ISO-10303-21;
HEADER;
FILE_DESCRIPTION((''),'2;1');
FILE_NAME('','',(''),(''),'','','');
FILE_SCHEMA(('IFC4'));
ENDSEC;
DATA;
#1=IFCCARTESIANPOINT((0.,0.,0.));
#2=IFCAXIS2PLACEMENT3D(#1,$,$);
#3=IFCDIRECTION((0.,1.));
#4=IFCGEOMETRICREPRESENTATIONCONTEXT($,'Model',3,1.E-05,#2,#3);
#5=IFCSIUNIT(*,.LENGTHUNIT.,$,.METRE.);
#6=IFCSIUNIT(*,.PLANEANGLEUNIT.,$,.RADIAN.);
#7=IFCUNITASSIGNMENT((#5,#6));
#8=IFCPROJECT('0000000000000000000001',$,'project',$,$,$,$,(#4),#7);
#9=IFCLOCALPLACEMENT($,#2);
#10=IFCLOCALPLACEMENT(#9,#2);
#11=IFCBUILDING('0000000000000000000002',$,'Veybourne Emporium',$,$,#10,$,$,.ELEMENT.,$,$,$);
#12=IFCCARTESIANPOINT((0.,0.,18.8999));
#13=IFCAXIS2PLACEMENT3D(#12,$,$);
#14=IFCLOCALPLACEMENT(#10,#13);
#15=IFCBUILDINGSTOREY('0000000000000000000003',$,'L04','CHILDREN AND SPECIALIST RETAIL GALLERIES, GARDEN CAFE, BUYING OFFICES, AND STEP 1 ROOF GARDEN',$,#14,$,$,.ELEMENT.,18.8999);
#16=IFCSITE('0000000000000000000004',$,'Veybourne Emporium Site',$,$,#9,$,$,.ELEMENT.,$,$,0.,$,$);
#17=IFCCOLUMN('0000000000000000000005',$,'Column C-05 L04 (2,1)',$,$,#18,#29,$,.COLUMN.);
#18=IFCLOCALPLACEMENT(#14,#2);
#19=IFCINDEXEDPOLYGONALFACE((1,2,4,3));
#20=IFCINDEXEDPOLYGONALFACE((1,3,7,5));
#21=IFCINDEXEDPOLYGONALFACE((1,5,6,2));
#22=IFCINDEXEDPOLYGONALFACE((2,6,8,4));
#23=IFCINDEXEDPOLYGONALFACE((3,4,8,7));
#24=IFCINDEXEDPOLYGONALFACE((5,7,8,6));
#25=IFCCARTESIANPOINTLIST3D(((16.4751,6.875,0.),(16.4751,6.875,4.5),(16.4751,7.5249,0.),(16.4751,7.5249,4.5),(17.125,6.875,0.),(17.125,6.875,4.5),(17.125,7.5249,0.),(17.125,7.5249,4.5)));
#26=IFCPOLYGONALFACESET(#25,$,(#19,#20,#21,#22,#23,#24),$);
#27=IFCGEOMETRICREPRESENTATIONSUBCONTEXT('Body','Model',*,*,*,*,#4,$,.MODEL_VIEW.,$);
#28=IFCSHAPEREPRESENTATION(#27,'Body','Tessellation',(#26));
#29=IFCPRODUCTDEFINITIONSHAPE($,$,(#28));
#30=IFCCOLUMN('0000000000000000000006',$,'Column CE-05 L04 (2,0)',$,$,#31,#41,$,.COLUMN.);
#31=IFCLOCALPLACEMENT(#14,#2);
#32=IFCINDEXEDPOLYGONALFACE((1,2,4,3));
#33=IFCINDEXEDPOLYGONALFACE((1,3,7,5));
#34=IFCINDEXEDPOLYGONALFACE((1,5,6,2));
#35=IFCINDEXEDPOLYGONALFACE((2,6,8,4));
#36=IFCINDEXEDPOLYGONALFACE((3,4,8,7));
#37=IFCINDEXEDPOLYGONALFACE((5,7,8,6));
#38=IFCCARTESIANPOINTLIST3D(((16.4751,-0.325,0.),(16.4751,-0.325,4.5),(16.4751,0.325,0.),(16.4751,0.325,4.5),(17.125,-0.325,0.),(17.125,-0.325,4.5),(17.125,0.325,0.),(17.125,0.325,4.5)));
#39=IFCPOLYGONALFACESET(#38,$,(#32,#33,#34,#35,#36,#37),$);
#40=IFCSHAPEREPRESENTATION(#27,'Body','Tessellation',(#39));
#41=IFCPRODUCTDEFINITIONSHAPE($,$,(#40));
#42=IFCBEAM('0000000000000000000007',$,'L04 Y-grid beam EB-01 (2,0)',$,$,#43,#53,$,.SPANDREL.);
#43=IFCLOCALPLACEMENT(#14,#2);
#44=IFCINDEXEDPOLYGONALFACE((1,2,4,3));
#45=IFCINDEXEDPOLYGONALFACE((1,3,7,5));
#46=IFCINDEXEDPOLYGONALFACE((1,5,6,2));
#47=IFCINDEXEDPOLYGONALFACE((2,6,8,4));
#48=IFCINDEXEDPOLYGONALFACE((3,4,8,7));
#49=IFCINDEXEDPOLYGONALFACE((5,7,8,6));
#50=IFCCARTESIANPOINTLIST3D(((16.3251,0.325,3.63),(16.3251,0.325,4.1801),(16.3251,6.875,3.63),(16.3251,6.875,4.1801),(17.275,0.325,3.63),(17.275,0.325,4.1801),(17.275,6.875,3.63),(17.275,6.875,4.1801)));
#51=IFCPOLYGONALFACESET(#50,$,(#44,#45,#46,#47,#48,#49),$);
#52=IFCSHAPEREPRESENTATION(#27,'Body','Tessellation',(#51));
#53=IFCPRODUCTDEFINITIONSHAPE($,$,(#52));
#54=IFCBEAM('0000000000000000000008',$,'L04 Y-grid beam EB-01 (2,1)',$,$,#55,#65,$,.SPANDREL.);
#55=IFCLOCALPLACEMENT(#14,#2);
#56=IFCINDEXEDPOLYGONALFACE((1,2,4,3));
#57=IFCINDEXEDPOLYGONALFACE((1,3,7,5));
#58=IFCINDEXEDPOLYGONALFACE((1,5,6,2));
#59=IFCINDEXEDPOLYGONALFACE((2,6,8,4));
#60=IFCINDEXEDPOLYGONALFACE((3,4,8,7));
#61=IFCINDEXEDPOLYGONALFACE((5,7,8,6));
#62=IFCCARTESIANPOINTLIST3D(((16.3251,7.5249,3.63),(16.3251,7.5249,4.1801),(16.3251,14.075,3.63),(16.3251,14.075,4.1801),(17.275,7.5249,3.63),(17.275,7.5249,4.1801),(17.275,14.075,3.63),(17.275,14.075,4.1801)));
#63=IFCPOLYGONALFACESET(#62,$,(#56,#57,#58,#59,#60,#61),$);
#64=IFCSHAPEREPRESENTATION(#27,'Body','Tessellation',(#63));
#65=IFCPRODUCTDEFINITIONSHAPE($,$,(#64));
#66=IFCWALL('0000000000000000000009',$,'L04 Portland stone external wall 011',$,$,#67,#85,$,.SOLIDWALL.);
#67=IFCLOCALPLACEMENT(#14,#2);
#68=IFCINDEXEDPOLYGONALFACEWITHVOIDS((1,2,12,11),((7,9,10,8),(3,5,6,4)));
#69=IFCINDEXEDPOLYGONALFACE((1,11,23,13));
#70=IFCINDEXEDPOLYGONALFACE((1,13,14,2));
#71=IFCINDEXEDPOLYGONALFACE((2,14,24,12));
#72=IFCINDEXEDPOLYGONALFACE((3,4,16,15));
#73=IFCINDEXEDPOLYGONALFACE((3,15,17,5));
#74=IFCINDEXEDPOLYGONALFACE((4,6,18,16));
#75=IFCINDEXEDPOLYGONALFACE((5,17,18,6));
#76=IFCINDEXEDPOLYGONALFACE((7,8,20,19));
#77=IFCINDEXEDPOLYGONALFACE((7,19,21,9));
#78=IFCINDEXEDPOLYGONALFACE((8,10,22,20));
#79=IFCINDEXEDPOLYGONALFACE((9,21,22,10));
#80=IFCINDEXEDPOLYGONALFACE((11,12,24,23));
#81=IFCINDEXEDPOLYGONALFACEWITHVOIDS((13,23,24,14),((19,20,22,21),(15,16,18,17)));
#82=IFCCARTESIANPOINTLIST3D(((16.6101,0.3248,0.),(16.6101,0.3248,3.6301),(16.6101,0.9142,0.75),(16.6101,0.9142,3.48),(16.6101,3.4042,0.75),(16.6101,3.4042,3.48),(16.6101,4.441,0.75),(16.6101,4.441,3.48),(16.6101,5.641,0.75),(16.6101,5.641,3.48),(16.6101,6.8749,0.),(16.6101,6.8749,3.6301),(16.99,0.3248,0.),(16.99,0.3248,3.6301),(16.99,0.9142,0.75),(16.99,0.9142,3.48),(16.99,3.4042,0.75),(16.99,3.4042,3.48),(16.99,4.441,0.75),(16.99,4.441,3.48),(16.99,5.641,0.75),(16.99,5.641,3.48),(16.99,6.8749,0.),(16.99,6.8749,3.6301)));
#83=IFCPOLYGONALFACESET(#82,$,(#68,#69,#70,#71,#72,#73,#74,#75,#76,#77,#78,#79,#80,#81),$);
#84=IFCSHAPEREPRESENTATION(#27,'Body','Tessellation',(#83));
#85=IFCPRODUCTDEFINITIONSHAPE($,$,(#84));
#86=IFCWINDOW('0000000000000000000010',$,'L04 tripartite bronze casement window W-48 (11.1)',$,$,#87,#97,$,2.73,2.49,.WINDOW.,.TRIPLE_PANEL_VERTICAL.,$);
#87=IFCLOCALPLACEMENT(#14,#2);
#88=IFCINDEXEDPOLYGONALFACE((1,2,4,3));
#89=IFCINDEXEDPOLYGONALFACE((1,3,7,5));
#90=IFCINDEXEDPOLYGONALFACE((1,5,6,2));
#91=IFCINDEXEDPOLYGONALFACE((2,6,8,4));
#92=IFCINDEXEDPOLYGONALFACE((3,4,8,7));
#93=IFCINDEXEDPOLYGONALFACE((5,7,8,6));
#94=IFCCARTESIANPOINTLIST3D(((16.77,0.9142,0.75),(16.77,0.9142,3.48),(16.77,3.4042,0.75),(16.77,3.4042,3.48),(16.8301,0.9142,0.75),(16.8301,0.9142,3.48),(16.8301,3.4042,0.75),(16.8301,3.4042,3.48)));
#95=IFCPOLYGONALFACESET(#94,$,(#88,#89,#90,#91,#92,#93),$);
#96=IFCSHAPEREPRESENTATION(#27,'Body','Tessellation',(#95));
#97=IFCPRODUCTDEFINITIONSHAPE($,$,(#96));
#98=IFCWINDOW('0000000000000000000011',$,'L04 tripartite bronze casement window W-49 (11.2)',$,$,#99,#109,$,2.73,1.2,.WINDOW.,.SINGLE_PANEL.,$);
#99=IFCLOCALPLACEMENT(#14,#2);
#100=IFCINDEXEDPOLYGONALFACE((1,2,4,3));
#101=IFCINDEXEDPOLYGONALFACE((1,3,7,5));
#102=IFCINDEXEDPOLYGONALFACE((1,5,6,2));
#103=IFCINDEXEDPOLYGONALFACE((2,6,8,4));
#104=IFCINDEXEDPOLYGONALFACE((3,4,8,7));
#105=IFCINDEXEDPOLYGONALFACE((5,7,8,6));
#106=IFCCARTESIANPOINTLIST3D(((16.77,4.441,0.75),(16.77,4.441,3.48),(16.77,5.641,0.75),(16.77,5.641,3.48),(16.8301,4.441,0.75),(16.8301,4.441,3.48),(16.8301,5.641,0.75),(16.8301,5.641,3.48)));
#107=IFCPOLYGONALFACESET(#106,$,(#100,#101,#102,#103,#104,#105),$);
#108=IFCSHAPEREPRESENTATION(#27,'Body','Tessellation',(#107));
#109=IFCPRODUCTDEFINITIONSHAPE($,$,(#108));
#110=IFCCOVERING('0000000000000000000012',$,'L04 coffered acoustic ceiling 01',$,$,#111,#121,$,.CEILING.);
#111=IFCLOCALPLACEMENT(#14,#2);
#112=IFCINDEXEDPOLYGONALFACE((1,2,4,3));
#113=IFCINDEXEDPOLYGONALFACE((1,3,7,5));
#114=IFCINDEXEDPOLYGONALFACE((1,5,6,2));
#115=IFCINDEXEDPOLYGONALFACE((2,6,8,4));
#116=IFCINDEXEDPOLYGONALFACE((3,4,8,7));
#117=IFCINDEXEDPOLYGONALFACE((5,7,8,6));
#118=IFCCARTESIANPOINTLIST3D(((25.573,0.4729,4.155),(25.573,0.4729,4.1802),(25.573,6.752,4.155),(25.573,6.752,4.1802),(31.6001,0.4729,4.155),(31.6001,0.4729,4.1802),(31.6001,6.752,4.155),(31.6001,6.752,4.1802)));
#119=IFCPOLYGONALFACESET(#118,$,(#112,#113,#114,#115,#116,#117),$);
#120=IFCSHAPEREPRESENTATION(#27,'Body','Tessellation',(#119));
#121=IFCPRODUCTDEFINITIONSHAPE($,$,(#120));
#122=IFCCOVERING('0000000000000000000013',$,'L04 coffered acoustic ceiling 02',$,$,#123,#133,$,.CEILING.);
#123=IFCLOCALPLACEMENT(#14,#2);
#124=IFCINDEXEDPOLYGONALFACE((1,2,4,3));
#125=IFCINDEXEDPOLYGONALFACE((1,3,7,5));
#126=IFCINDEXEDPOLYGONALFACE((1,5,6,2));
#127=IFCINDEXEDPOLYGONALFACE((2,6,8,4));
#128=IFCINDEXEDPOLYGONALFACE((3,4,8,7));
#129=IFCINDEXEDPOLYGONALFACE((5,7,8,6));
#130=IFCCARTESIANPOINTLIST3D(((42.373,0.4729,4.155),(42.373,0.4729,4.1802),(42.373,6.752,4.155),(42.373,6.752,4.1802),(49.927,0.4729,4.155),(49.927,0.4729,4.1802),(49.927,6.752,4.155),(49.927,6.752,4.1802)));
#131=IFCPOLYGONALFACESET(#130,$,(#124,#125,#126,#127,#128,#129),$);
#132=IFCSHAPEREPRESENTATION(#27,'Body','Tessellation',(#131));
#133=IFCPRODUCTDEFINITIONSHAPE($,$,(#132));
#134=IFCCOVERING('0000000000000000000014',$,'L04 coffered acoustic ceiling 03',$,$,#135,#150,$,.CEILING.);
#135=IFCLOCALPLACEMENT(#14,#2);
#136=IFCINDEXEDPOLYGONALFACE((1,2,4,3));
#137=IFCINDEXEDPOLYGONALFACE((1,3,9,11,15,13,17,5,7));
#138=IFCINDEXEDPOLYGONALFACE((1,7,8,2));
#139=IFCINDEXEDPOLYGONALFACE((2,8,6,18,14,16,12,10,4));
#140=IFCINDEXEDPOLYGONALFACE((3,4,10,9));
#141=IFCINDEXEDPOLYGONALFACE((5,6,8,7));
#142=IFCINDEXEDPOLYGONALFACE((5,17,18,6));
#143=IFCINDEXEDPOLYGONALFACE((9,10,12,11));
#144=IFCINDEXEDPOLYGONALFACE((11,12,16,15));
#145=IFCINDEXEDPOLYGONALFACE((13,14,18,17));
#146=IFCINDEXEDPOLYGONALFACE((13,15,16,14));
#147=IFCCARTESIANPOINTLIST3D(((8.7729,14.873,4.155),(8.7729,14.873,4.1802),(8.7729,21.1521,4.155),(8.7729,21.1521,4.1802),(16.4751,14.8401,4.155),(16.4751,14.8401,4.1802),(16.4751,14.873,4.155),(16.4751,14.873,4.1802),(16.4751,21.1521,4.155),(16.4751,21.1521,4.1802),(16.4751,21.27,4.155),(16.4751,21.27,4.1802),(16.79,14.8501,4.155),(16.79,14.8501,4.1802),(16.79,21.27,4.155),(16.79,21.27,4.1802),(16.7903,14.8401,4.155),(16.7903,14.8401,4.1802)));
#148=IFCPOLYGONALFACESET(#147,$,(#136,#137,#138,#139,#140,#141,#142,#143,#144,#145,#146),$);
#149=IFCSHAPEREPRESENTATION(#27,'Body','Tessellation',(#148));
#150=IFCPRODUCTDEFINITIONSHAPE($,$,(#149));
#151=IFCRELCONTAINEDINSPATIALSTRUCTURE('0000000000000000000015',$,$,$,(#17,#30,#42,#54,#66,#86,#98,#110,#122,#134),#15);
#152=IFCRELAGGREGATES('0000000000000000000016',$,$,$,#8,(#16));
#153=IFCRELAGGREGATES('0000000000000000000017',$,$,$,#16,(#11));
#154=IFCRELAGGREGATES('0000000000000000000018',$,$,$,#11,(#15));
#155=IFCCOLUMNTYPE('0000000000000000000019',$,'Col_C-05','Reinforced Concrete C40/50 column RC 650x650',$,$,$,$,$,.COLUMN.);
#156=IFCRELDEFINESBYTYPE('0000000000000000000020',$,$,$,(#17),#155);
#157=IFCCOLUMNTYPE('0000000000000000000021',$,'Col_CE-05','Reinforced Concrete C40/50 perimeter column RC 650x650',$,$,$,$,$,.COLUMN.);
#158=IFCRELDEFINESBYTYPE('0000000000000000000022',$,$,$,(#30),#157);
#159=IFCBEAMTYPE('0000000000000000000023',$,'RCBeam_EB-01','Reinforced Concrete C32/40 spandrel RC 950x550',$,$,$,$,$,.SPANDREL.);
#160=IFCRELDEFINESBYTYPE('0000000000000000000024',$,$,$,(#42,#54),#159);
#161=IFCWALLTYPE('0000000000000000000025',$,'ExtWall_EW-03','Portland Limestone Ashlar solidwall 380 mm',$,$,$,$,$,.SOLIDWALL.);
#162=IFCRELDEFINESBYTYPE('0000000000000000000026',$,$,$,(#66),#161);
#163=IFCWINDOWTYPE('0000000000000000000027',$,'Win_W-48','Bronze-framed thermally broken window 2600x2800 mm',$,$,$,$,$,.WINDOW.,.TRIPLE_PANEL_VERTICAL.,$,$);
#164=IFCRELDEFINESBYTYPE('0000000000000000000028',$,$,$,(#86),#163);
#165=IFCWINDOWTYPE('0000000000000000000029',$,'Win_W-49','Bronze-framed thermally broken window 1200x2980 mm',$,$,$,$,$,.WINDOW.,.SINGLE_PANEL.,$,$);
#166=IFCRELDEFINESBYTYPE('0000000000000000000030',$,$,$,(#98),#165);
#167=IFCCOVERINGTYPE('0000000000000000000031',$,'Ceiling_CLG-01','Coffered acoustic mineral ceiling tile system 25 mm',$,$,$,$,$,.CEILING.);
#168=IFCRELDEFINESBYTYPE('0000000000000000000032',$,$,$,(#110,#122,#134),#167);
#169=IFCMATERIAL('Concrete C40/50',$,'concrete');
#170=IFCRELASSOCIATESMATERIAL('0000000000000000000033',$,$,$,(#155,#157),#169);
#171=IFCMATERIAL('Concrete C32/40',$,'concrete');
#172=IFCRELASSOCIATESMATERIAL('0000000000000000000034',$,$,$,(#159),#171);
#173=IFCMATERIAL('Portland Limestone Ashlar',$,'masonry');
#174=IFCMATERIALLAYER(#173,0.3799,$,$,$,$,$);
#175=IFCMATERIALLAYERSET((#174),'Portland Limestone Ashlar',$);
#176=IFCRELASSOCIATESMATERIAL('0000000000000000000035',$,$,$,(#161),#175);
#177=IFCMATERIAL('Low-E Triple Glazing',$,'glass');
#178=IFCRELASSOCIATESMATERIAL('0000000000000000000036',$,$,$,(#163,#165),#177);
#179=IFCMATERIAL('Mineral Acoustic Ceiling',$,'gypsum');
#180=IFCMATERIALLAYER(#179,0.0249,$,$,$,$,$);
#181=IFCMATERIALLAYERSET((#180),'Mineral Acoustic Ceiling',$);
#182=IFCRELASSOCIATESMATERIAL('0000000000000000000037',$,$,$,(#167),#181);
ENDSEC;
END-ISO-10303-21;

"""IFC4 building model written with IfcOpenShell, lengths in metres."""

from ifc_helpers import new_model, si_unit, direction, frame, frame_2d, origin, origin_2d, place, context, subcontext, project, spatial, polyline, rectangle, outline, extrude, material, layer, layer_set, material_profile, profile_set, type_object, element, fill, save


model = new_model("IFC4")

# Units and contexts
model_context = context("Model", 3, precision=1e-05, world=origin(), true_north=direction((0.0, 1.0)))
body_context = subcontext(model_context, "Body", "Model", "MODEL_VIEW")
ifc_project = project(units=[si_unit("LENGTHUNIT", "METRE"), si_unit("PLANEANGLEUNIT", "RADIAN")], contexts=[model_context])

# Site, building, storey
site_placement = place(None, origin())
site = spatial("IfcSite", under=ifc_project, at=site_placement, Name="Veybourne Emporium Site", CompositionType="ELEMENT", RefElevation=0.0)
building_placement = place(site_placement, origin())
building = spatial("IfcBuilding", under=site, at=building_placement, Name="Veybourne Emporium", CompositionType="ELEMENT")
storey_placement = place(building_placement, frame((0.0, 0.0, 18.8999)))
storey = spatial("IfcBuildingStorey", under=building, at=storey_placement, Name="L04", Description="CHILDREN AND SPECIALIST RETAIL GALLERIES, GARDEN CAFE, BUYING OFFICES, AND STEP 1 ROOF GARDEN", CompositionType="ELEMENT", Elevation=18.8999)

# Columns
ifc_material_1 = material(Name="Concrete C40/50", Category="concrete")
ifc_material_profile_1 = material_profile(ifc_material_1, rectangle(XDim=0.6499, YDim=0.6499, at=origin_2d()), Name="RC 650x650")
ifc_profile_set_1 = profile_set([ifc_material_profile_1], Name="Concrete C40/50")
column_type_1 = type_object("IfcColumnType", Name="Col_C-05", Description="Reinforced Concrete C40/50 column RC 650x650", PredefinedType="COLUMN", material=ifc_profile_set_1)
column_1_placement = place(storey_placement, frame((16.8, 7.2, 0.0), z_axis=(0.0, 0.0, 1.0), x_axis=(1.0, 0.0, 0.0)))
element("IfcColumn", 1, at=column_1_placement, inside=storey, type_object=column_type_1, Name="Column C-05 L04 (2,1)", PredefinedType="COLUMN", context=body_context, shape_type="SweptSolid", body=[
    extrude(rectangle(XDim=0.6499, YDim=0.6499, at=origin_2d()), origin(), (0.0, 0.0, 1.0), 4.5),
])
ifc_material_profile_2 = material_profile(ifc_material_1, rectangle(XDim=0.6499, YDim=0.6499, at=origin_2d()), Name="RC 650x650")
ifc_profile_set_2 = profile_set([ifc_material_profile_2], Name="Concrete C40/50")
column_type_2 = type_object("IfcColumnType", Name="Col_CE-05", Description="Reinforced Concrete C40/50 perimeter column RC 650x650", PredefinedType="COLUMN", material=ifc_profile_set_2)
column_2_placement = place(storey_placement, frame((16.8, 0.0, 0.0), z_axis=(0.0, 0.0, 1.0), x_axis=(1.0, 0.0, 0.0)))
element("IfcColumn", 2, at=column_2_placement, inside=storey, type_object=column_type_2, Name="Column CE-05 L04 (2,0)", PredefinedType="COLUMN", context=body_context, shape_type="SweptSolid", body=[
    extrude(rectangle(XDim=0.6499, YDim=0.6499, at=origin_2d()), origin(), (0.0, 0.0, 1.0), 4.5),
])

# Beams
ifc_material_2 = material(Name="Concrete C32/40", Category="concrete")
ifc_material_profile_3 = material_profile(ifc_material_2, rectangle(XDim=0.95, YDim=0.55, at=origin_2d()), Name="RC 950x550")
ifc_profile_set_3 = profile_set([ifc_material_profile_3], Name="Concrete C32/40")
beam_type = type_object("IfcBeamType", Name="RCBeam_EB-01", Description="Reinforced Concrete C32/40 spandrel RC 950x550", PredefinedType="SPANDREL", material=ifc_profile_set_3)
for number, where, z_axis, x_axis, name in (
    (3, (16.8, 0.325, 3.905), (0.0, 1.0, 0.0), (-1.0, 0.0, 0.0), "L04 Y-grid beam EB-01 (2,0)"),
    (4, (16.8, 7.5249, 3.905), (0.0, 1.0, 0.0), (-1.0, 0.0, 0.0), "L04 Y-grid beam EB-01 (2,1)"),
):
    element("IfcBeam", number, at=place(storey_placement, frame(where, z_axis=z_axis, x_axis=x_axis)), inside=storey, type_object=beam_type, Name=name, PredefinedType="SPANDREL", context=body_context, shape_type="SweptSolid", body=[
        extrude(rectangle(XDim=0.95, YDim=0.55, at=origin_2d()), origin(), (0.0, 0.0, 1.0), 6.55),
    ])

# Wall, openings, windows
ifc_material_3 = material(Name="Portland Limestone Ashlar", Category="masonry")
ifc_layer_1 = layer(ifc_material_3, 0.3799)
ifc_layer_set_1 = layer_set([ifc_layer_1], Name="Portland Limestone Ashlar")
wall_type = type_object("IfcWallType", Name="ExtWall_EW-03", Description="Portland Limestone Ashlar solidwall 380 mm", PredefinedType="SOLIDWALL", material=ifc_layer_set_1)
wall_placement = place(storey_placement, frame((16.8, 0.325, 0.0), z_axis=(0.0, 0.0, 1.0), x_axis=(0.0, 1.0, 0.0)))
wall = element("IfcWall", 5, at=wall_placement, inside=storey, type_object=wall_type, Name="L04 Portland stone external wall 011", PredefinedType="SOLIDWALL", context=body_context, shape_type="SweptSolid", body=[
    extrude(rectangle(XDim=6.55, YDim=0.3799, at=frame_2d((3.2749, 0.0))), origin(), (0.0, 0.0, 1.0), 3.6301),
])
opening_1_placement = place(wall_placement, frame((0.5891, 0.0, 0.75)))
opening_1 = element("IfcOpeningElement", 6, at=opening_1_placement, cuts=wall, PredefinedType="OPENING", context=body_context, shape_type="SweptSolid", body=[
    extrude(rectangle(XDim=2.49, YDim=2.73, at=frame_2d((1.2451, 1.365))), frame((0.0, 0.21, 0.0), z_axis=(0.0, -1.0, 0.0), x_axis=(1.0, 0.0, 0.0)), (0.0, 0.0, 1.0), 0.4199),
])
opening_2_placement = place(wall_placement, frame((4.116, 0.0, 0.75)))
opening_2 = element("IfcOpeningElement", 7, at=opening_2_placement, cuts=wall, PredefinedType="OPENING", context=body_context, shape_type="SweptSolid", body=[
    extrude(rectangle(XDim=1.2, YDim=2.73, at=frame_2d((0.6001, 1.365))), frame((0.0, 0.21, 0.0), z_axis=(0.0, -1.0, 0.0), x_axis=(1.0, 0.0, 0.0)), (0.0, 0.0, 1.0), 0.4199),
])
ifc_material_4 = material(Name="Low-E Triple Glazing", Category="glass")
window_type_1 = type_object("IfcWindowType", Name="Win_W-48", Description="Bronze-framed thermally broken window 2600x2800 mm", PartitioningType="TRIPLE_PANEL_VERTICAL", PredefinedType="WINDOW", material=ifc_material_4)
window_1_placement = place(opening_1_placement, origin())
window_1 = element("IfcWindow", 8, at=window_1_placement, inside=storey, type_object=window_type_1, Name="L04 tripartite bronze casement window W-48 (11.1)", OverallHeight=2.73, OverallWidth=2.49, PartitioningType="TRIPLE_PANEL_VERTICAL", PredefinedType="WINDOW", context=body_context, shape_type="SweptSolid", body=[
    extrude(rectangle(XDim=2.49, YDim=2.73, at=frame_2d((1.2451, 1.365))), frame((0.0, 0.03, 0.0), z_axis=(0.0, -1.0, 0.0), x_axis=(1.0, 0.0, 0.0)), (0.0, 0.0, 1.0), 0.0601),
])
fill(opening_1, window_1)
window_type_2 = type_object("IfcWindowType", Name="Win_W-49", Description="Bronze-framed thermally broken window 1200x2980 mm", PartitioningType="SINGLE_PANEL", PredefinedType="WINDOW", material=ifc_material_4)
window_2_placement = place(opening_2_placement, origin())
window_2 = element("IfcWindow", 9, at=window_2_placement, inside=storey, type_object=window_type_2, Name="L04 tripartite bronze casement window W-49 (11.2)", OverallHeight=2.73, OverallWidth=1.2, PartitioningType="SINGLE_PANEL", PredefinedType="WINDOW", context=body_context, shape_type="SweptSolid", body=[
    extrude(rectangle(XDim=1.2, YDim=2.73, at=frame_2d((0.6001, 1.365))), frame((0.0, 0.03, 0.0), z_axis=(0.0, -1.0, 0.0), x_axis=(1.0, 0.0, 0.0)), (0.0, 0.0, 1.0), 0.0601),
])
fill(opening_2, window_2)

# Coverings
ifc_material_5 = material(Name="Mineral Acoustic Ceiling", Category="gypsum")
ifc_layer_2 = layer(ifc_material_5, 0.0249)
ifc_layer_set_2 = layer_set([ifc_layer_2], Name="Mineral Acoustic Ceiling")
covering_type_1 = type_object("IfcCoveringType", Name="Ceiling_CLG-01", Description="Coffered acoustic mineral ceiling tile system 25 mm", PredefinedType="CEILING", material=ifc_layer_set_2)
covering_1_placement = place(storey_placement, frame((0.0, 0.0, 4.155)))
element("IfcCovering", 10, at=covering_1_placement, inside=storey, type_object=covering_type_1, Name="L04 coffered acoustic ceiling 01", PredefinedType="CEILING", context=body_context, shape_type="SweptSolid", body=[
    extrude(outline(polyline([(31.6001, 0.4729), (25.573, 0.4729), (25.573, 6.752), (31.6001, 6.752), (31.6001, 0.4729)])), origin(), (0.0, 0.0, 1.0), 0.0251),
])
covering_2_placement = place(storey_placement, frame((0.0, 0.0, 4.155)))
element("IfcCovering", 11, at=covering_2_placement, inside=storey, type_object=covering_type_1, Name="L04 coffered acoustic ceiling 02", PredefinedType="CEILING", context=body_context, shape_type="SweptSolid", body=[
    extrude(outline(polyline([(42.373, 0.4729), (42.373, 6.752), (49.927, 6.752), (49.927, 0.4729), (42.373, 0.4729)])), origin(), (0.0, 0.0, 1.0), 0.0251),
])
covering_3_placement = place(storey_placement, frame((0.0, 0.0, 4.155)))
element("IfcCovering", 12, at=covering_3_placement, inside=storey, type_object=covering_type_1, Name="L04 coffered acoustic ceiling 03", PredefinedType="CEILING", context=body_context, shape_type="SweptSolid", body=[
    extrude(outline(polyline([(16.79, 21.27), (16.79, 14.8501), (16.7903, 14.8401), (16.7903, 14.8401), (16.4751, 14.8401), (16.4751, 14.873), (8.7729, 14.873), (8.7729, 21.1521), (16.4751, 21.1521), (16.4751, 21.27), (16.79, 21.27)])), origin(), (0.0, 0.0, 1.0), 0.0251),
])

save(model, "model.ifc")
